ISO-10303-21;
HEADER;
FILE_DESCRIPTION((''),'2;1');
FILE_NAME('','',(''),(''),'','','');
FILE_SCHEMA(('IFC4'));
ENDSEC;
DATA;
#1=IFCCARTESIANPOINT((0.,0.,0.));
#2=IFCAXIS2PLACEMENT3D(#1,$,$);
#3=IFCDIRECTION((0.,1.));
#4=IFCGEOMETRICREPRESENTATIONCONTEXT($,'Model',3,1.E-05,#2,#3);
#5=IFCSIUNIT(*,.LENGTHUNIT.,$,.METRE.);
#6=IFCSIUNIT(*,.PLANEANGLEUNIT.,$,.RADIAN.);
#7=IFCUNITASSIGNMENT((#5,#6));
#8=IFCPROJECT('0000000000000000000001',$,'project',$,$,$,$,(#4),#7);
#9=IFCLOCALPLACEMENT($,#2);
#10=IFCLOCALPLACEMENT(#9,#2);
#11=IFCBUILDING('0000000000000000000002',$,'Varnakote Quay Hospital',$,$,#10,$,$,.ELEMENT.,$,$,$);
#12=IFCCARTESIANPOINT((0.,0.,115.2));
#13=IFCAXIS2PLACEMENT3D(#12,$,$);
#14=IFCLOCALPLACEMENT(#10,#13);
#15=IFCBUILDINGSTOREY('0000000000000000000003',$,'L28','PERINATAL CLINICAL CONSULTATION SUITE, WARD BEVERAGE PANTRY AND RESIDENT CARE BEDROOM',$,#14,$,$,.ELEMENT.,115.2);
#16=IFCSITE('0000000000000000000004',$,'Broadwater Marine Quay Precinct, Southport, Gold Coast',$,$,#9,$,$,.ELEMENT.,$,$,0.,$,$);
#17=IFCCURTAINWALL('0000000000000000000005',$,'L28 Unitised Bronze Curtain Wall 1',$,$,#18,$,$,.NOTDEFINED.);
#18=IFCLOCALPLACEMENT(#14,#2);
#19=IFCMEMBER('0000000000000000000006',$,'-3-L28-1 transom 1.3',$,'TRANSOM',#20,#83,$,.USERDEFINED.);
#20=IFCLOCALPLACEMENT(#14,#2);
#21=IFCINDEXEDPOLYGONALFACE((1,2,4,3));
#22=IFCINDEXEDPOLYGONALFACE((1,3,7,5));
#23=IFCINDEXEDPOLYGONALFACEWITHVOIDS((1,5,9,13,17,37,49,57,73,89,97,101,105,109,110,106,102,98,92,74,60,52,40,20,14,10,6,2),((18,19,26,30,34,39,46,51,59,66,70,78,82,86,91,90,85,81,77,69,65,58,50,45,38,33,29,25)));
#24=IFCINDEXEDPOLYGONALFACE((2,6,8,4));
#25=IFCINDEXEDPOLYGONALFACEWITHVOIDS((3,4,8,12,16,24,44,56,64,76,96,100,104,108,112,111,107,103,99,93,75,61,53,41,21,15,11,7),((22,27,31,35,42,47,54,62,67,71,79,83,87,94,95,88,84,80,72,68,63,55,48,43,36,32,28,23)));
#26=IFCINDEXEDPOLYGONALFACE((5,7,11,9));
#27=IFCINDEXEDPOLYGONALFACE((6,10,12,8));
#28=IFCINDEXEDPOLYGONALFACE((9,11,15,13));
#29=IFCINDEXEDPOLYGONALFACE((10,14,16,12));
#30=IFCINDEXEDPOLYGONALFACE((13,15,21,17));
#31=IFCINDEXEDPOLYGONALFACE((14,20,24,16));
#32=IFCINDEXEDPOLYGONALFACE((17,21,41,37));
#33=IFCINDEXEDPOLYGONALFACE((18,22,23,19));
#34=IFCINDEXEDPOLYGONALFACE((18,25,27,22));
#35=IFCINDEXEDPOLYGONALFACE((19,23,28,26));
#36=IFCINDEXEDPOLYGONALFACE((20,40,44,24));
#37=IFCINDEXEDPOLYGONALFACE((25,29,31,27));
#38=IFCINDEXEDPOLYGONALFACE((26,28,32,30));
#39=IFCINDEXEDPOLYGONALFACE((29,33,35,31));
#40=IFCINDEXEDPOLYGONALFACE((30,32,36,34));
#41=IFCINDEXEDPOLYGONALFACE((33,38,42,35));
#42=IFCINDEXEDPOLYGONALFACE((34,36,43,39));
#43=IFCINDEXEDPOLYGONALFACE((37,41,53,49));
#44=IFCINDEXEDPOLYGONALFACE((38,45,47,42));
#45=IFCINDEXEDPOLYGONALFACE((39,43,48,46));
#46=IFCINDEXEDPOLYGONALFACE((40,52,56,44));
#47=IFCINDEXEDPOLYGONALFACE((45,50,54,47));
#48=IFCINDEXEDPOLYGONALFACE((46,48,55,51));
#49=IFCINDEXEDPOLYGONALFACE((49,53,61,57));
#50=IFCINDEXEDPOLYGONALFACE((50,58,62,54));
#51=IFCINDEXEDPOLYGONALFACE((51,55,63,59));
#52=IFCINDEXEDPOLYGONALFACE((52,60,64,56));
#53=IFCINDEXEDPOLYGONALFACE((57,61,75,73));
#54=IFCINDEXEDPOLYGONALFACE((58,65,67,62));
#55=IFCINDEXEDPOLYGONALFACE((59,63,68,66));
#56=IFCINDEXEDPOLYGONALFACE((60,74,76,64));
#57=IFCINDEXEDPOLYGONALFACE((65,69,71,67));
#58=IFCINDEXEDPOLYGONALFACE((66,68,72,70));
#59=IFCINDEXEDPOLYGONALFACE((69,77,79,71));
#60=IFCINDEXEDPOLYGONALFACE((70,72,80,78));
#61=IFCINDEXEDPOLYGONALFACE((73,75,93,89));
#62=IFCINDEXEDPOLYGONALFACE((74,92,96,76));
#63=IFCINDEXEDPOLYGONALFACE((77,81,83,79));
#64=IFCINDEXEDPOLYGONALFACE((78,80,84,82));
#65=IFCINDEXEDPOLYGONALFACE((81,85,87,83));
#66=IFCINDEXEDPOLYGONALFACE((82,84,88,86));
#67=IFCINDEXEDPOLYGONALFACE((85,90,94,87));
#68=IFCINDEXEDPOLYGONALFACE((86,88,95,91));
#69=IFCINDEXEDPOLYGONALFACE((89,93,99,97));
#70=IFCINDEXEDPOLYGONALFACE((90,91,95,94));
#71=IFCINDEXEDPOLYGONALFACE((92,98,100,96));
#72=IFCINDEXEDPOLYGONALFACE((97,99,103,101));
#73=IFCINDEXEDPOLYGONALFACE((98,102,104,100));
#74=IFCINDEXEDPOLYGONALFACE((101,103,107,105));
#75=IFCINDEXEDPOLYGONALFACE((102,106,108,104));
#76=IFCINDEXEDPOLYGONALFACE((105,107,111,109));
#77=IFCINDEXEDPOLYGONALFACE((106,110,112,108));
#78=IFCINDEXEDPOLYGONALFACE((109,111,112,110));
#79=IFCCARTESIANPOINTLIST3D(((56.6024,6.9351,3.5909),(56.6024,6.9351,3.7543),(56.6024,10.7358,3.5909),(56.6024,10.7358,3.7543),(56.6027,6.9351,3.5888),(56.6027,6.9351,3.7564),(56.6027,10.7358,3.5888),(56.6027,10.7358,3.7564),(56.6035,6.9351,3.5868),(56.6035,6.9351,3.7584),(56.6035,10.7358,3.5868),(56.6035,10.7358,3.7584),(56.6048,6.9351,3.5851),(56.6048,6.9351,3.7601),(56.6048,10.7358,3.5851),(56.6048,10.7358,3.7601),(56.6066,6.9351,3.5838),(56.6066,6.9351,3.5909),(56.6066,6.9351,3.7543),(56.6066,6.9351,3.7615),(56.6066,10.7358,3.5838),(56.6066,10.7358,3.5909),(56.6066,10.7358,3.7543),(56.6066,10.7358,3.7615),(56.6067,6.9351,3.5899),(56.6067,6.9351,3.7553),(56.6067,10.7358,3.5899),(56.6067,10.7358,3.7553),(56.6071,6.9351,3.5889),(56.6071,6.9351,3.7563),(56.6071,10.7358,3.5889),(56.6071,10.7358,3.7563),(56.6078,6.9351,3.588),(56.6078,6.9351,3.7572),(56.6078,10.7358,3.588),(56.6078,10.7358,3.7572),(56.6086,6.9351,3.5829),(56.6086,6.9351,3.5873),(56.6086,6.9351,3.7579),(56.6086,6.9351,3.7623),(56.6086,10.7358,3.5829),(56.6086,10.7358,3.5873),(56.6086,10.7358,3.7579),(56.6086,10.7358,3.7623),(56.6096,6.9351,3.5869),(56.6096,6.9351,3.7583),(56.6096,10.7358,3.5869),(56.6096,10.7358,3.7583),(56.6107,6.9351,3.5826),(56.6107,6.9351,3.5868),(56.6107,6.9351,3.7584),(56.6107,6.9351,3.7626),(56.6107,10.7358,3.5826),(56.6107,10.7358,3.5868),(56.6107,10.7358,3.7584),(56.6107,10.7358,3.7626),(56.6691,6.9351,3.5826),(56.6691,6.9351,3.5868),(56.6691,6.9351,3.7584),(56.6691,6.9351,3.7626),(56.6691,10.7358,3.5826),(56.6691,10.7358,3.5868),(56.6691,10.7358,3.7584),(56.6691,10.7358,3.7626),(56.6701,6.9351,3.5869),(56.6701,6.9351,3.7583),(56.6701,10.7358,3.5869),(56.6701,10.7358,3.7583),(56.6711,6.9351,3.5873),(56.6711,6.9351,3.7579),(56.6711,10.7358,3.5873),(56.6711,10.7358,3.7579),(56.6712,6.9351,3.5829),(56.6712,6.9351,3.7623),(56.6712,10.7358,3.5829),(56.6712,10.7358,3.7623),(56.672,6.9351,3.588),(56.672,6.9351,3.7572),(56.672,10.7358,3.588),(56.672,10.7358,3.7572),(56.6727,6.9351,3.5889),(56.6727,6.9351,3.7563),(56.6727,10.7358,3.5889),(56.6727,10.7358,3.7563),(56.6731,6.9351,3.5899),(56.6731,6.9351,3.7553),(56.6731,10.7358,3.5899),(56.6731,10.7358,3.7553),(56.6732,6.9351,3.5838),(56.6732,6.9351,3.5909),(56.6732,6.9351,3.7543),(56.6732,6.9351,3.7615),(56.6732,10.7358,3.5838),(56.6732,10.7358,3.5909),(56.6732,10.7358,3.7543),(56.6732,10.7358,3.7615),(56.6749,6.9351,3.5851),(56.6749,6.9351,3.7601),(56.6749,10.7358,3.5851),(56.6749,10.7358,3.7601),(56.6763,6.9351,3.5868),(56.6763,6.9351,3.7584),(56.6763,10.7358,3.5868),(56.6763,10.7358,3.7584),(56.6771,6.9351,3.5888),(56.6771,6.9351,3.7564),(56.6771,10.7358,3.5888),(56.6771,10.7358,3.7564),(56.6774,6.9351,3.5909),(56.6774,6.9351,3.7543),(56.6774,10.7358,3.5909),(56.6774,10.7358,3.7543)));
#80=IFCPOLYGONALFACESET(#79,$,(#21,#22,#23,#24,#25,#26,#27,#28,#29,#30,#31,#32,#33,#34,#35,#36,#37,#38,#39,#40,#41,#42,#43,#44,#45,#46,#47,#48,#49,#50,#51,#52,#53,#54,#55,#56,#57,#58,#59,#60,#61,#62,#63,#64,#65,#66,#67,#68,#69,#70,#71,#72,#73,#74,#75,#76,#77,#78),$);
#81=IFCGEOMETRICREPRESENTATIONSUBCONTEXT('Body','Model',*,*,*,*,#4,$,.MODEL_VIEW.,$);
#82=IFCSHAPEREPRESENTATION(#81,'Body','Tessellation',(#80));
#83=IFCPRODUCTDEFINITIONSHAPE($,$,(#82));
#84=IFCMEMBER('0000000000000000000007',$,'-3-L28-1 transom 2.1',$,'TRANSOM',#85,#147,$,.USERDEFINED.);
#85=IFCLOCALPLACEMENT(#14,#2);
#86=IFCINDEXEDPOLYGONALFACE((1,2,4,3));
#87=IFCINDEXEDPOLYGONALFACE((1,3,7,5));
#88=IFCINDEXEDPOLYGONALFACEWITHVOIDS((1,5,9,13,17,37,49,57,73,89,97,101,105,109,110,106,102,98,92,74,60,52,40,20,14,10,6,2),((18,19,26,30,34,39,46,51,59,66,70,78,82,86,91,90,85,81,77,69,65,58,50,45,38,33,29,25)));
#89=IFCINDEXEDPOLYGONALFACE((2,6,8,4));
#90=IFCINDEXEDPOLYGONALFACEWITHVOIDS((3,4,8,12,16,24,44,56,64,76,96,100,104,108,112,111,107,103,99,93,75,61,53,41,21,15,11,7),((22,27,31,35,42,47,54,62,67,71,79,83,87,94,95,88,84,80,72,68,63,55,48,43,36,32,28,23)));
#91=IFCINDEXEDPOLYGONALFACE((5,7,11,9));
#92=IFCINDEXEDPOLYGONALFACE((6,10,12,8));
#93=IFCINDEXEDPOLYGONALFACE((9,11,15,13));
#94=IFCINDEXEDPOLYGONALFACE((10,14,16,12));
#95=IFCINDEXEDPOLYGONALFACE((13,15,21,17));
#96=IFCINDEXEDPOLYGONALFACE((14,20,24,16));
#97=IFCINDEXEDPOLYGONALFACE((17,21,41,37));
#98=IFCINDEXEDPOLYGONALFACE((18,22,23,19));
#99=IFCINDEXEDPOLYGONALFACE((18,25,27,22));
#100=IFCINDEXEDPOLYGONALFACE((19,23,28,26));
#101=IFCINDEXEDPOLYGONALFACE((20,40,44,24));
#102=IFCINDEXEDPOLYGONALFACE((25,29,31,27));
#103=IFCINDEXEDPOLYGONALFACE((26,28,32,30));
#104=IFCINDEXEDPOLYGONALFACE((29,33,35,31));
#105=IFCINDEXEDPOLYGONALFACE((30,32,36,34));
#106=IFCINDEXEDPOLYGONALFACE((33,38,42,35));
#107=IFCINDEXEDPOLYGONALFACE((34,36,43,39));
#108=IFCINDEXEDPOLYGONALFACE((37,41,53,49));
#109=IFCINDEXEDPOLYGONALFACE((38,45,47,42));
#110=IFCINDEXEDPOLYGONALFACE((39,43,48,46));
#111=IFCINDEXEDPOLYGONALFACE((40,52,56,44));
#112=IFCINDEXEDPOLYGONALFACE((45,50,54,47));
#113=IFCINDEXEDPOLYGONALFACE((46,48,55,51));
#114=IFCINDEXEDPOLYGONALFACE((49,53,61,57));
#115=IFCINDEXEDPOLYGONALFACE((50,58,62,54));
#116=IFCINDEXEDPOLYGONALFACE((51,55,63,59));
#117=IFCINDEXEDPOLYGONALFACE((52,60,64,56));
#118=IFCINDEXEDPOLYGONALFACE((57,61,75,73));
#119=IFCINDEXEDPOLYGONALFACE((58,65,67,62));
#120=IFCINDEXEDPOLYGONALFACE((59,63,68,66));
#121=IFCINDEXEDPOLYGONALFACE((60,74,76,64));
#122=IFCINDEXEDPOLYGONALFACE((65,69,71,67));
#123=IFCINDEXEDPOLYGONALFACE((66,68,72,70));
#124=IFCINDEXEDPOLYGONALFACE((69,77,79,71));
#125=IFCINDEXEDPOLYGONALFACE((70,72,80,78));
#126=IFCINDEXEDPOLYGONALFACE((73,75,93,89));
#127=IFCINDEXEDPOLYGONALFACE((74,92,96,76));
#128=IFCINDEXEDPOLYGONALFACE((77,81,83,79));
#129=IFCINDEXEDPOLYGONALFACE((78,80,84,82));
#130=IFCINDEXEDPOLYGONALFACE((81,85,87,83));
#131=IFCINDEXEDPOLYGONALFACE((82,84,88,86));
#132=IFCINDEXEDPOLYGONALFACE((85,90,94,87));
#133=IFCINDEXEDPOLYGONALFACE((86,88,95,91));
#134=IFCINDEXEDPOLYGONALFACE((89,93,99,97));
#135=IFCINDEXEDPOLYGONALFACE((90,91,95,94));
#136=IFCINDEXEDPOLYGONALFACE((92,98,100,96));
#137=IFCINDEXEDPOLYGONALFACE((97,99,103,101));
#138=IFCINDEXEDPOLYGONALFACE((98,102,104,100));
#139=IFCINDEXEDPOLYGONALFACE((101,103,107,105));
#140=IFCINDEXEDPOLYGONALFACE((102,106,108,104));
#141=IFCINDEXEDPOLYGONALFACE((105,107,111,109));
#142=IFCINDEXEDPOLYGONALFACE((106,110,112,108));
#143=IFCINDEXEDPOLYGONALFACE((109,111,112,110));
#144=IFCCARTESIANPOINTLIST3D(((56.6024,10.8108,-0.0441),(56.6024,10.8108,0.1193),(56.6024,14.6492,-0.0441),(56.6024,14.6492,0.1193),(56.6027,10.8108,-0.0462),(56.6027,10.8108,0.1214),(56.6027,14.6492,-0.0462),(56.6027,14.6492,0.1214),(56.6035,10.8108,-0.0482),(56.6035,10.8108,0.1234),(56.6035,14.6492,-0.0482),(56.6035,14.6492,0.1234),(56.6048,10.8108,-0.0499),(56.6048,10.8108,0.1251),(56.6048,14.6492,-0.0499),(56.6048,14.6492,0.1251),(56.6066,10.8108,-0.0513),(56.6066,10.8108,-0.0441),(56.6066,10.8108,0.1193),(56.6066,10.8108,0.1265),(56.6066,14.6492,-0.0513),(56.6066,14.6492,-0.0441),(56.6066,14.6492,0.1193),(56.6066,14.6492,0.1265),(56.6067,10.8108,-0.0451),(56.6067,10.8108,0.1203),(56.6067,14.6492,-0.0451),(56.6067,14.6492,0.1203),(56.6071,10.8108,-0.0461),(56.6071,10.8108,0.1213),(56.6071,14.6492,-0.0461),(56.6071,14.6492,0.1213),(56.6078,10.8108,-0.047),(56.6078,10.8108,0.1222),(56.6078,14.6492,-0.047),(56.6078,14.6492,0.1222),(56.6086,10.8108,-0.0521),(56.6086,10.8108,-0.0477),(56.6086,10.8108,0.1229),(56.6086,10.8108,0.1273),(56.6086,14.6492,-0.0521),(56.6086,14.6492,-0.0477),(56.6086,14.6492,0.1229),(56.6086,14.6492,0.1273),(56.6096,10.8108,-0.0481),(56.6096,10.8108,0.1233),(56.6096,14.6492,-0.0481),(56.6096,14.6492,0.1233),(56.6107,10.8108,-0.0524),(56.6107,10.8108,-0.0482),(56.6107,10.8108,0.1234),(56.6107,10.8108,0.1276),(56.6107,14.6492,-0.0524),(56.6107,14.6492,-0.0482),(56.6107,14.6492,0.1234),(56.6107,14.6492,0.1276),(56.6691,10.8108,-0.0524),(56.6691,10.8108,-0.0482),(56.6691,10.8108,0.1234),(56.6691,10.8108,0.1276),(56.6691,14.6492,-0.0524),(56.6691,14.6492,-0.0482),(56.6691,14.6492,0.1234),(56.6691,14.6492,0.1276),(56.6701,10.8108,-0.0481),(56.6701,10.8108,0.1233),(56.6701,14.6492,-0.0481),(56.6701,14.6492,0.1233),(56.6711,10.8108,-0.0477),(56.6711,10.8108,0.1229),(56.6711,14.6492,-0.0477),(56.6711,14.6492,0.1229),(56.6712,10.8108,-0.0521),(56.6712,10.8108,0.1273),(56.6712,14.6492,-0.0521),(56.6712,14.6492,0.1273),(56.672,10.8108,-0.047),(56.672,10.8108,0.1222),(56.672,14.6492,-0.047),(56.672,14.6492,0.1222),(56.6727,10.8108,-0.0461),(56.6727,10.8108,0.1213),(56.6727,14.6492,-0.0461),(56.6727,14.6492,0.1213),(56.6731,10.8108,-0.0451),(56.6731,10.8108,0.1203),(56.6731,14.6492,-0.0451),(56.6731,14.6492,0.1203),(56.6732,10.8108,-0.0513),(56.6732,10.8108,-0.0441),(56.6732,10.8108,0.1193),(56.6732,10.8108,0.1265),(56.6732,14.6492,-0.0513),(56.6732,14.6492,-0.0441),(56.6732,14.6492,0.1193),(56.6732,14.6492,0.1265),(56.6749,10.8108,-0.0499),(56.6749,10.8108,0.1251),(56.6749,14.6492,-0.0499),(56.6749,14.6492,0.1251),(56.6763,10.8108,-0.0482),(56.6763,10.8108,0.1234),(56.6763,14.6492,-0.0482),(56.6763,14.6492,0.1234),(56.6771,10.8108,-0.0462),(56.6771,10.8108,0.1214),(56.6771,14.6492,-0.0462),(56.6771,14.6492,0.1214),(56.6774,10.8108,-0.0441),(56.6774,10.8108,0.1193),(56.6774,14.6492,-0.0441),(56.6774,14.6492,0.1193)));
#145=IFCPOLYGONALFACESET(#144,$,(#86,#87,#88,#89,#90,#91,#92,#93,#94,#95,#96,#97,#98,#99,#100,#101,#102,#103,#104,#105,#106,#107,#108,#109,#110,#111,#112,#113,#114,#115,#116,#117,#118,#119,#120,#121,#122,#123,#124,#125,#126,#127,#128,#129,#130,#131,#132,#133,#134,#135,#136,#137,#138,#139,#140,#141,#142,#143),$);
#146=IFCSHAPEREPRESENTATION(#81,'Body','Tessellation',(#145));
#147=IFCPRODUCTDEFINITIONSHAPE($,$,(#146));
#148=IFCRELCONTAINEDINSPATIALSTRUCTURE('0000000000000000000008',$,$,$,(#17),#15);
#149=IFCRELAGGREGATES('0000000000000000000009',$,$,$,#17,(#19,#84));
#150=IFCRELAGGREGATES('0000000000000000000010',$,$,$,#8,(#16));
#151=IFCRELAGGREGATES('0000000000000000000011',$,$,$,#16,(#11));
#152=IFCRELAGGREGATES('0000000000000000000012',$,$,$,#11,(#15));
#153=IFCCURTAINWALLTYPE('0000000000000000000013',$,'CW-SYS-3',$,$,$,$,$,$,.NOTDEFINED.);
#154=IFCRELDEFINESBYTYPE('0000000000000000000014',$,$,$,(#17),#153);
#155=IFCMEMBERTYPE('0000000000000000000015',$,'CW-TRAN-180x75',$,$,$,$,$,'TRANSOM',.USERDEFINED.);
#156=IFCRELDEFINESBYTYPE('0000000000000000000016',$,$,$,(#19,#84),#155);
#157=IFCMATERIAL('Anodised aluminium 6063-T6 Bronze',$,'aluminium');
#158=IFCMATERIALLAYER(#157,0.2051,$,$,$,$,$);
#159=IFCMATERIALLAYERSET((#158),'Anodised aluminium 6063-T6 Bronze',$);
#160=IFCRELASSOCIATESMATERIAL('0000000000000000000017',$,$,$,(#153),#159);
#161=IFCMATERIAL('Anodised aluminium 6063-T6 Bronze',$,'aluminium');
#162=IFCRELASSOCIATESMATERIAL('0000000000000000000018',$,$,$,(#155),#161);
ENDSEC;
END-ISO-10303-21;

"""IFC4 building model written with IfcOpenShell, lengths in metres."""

from ifc_helpers import new_model, si_unit, direction, frame, origin, origin_2d, place, context, subcontext, project, spatial, hollow_rectangle, extrude, material, layer, layer_set, material_profile, profile_set, type_object, element, aggregate, save


model = new_model("IFC4")

# Units and contexts
model_context = context("Model", 3, precision=1e-05, world=origin(), true_north=direction((0.0, 1.0)))
body_context = subcontext(model_context, "Body", "Model", "MODEL_VIEW")
ifc_project = project(units=[si_unit("LENGTHUNIT", "METRE"), si_unit("PLANEANGLEUNIT", "RADIAN")], contexts=[model_context])

# Site, building, storey
site_placement = place(None, origin())
site = spatial("IfcSite", under=ifc_project, at=site_placement, Name="Broadwater Marine Quay Precinct, Southport, Gold Coast", CompositionType="ELEMENT", RefElevation=0.0)
building_placement = place(site_placement, origin())
building = spatial("IfcBuilding", under=site, at=building_placement, Name="Varnakote Quay Hospital", CompositionType="ELEMENT")
storey_placement = place(building_placement, frame((0.0, 0.0, 115.2)))
storey = spatial("IfcBuildingStorey", under=building, at=storey_placement, Name="L28", Description="PERINATAL CLINICAL CONSULTATION SUITE, WARD BEVERAGE PANTRY AND RESIDENT CARE BEDROOM", CompositionType="ELEMENT", Elevation=115.2)

# Curtain wall, members
ifc_material_1 = material(Name="Anodised aluminium 6063-T6 Bronze", Category="aluminium")
ifc_layer_1 = layer(ifc_material_1, 0.2051)
ifc_layer_set_1 = layer_set([ifc_layer_1], Name="Anodised aluminium 6063-T6 Bronze")
curtain_wall_type = type_object("IfcCurtainWallType", Name="CW-SYS-3", PredefinedType="NOTDEFINED", material=ifc_layer_set_1)
curtain_wall_placement = place(storey_placement, origin())
curtain_wall = element("IfcCurtainWall", 1, at=curtain_wall_placement, inside=storey, type_object=curtain_wall_type, Name="L28 Unitised Bronze Curtain Wall 1", PredefinedType="NOTDEFINED")
ifc_material_2 = material(Name="Anodised aluminium 6063-T6 Bronze", Category="aluminium")
ifc_material_profile_1 = material_profile(ifc_material_2, hollow_rectangle(XDim=0.075, YDim=0.1799, WallThickness=0.0042, InnerFilletRadius=0.0042, OuterFilletRadius=0.0083, at=origin_2d()), Name="CW-TRAN-180x75")
ifc_profile_set_1 = profile_set([ifc_material_profile_1], Name="Anodised aluminium 6063-T6 Bronze")
member_type_1 = type_object("IfcMemberType", Name="CW-TRAN-180x75", ElementType="TRANSOM", PredefinedType="USERDEFINED", material=ifc_profile_set_1)
member_1_placement = place(storey_placement, frame((56.6399, 6.9351, 3.6726), z_axis=(0.0, 1.0, 0.0), x_axis=(-1.0, 0.0, 0.0)))
member_1 = element("IfcMember", 2, at=member_1_placement, type_object=member_type_1, Name="-3-L28-1 transom 1.3", ObjectType="TRANSOM", PredefinedType="USERDEFINED", context=body_context, shape_type="SweptSolid", body=[
    extrude(hollow_rectangle(XDim=0.075, YDim=0.1799, WallThickness=0.0042, InnerFilletRadius=0.0042, OuterFilletRadius=0.0083, at=origin_2d()), origin(), (0.0, 0.0, 1.0), 3.8008),
])
member_2_placement = place(storey_placement, frame((56.6399, 10.8108, 0.0376), z_axis=(0.0, 1.0, 0.0), x_axis=(-1.0, 0.0, 0.0)))
member_2 = element("IfcMember", 3, at=member_2_placement, type_object=member_type_1, Name="-3-L28-1 transom 2.1", ObjectType="TRANSOM", PredefinedType="USERDEFINED", context=body_context, shape_type="SweptSolid", body=[
    extrude(hollow_rectangle(XDim=0.075, YDim=0.1799, WallThickness=0.0042, InnerFilletRadius=0.0042, OuterFilletRadius=0.0083, at=origin_2d()), origin(), (0.0, 0.0, 1.0), 3.8384),
])
aggregate(curtain_wall, [member_1, member_2])

save(model, "model.ifc")
